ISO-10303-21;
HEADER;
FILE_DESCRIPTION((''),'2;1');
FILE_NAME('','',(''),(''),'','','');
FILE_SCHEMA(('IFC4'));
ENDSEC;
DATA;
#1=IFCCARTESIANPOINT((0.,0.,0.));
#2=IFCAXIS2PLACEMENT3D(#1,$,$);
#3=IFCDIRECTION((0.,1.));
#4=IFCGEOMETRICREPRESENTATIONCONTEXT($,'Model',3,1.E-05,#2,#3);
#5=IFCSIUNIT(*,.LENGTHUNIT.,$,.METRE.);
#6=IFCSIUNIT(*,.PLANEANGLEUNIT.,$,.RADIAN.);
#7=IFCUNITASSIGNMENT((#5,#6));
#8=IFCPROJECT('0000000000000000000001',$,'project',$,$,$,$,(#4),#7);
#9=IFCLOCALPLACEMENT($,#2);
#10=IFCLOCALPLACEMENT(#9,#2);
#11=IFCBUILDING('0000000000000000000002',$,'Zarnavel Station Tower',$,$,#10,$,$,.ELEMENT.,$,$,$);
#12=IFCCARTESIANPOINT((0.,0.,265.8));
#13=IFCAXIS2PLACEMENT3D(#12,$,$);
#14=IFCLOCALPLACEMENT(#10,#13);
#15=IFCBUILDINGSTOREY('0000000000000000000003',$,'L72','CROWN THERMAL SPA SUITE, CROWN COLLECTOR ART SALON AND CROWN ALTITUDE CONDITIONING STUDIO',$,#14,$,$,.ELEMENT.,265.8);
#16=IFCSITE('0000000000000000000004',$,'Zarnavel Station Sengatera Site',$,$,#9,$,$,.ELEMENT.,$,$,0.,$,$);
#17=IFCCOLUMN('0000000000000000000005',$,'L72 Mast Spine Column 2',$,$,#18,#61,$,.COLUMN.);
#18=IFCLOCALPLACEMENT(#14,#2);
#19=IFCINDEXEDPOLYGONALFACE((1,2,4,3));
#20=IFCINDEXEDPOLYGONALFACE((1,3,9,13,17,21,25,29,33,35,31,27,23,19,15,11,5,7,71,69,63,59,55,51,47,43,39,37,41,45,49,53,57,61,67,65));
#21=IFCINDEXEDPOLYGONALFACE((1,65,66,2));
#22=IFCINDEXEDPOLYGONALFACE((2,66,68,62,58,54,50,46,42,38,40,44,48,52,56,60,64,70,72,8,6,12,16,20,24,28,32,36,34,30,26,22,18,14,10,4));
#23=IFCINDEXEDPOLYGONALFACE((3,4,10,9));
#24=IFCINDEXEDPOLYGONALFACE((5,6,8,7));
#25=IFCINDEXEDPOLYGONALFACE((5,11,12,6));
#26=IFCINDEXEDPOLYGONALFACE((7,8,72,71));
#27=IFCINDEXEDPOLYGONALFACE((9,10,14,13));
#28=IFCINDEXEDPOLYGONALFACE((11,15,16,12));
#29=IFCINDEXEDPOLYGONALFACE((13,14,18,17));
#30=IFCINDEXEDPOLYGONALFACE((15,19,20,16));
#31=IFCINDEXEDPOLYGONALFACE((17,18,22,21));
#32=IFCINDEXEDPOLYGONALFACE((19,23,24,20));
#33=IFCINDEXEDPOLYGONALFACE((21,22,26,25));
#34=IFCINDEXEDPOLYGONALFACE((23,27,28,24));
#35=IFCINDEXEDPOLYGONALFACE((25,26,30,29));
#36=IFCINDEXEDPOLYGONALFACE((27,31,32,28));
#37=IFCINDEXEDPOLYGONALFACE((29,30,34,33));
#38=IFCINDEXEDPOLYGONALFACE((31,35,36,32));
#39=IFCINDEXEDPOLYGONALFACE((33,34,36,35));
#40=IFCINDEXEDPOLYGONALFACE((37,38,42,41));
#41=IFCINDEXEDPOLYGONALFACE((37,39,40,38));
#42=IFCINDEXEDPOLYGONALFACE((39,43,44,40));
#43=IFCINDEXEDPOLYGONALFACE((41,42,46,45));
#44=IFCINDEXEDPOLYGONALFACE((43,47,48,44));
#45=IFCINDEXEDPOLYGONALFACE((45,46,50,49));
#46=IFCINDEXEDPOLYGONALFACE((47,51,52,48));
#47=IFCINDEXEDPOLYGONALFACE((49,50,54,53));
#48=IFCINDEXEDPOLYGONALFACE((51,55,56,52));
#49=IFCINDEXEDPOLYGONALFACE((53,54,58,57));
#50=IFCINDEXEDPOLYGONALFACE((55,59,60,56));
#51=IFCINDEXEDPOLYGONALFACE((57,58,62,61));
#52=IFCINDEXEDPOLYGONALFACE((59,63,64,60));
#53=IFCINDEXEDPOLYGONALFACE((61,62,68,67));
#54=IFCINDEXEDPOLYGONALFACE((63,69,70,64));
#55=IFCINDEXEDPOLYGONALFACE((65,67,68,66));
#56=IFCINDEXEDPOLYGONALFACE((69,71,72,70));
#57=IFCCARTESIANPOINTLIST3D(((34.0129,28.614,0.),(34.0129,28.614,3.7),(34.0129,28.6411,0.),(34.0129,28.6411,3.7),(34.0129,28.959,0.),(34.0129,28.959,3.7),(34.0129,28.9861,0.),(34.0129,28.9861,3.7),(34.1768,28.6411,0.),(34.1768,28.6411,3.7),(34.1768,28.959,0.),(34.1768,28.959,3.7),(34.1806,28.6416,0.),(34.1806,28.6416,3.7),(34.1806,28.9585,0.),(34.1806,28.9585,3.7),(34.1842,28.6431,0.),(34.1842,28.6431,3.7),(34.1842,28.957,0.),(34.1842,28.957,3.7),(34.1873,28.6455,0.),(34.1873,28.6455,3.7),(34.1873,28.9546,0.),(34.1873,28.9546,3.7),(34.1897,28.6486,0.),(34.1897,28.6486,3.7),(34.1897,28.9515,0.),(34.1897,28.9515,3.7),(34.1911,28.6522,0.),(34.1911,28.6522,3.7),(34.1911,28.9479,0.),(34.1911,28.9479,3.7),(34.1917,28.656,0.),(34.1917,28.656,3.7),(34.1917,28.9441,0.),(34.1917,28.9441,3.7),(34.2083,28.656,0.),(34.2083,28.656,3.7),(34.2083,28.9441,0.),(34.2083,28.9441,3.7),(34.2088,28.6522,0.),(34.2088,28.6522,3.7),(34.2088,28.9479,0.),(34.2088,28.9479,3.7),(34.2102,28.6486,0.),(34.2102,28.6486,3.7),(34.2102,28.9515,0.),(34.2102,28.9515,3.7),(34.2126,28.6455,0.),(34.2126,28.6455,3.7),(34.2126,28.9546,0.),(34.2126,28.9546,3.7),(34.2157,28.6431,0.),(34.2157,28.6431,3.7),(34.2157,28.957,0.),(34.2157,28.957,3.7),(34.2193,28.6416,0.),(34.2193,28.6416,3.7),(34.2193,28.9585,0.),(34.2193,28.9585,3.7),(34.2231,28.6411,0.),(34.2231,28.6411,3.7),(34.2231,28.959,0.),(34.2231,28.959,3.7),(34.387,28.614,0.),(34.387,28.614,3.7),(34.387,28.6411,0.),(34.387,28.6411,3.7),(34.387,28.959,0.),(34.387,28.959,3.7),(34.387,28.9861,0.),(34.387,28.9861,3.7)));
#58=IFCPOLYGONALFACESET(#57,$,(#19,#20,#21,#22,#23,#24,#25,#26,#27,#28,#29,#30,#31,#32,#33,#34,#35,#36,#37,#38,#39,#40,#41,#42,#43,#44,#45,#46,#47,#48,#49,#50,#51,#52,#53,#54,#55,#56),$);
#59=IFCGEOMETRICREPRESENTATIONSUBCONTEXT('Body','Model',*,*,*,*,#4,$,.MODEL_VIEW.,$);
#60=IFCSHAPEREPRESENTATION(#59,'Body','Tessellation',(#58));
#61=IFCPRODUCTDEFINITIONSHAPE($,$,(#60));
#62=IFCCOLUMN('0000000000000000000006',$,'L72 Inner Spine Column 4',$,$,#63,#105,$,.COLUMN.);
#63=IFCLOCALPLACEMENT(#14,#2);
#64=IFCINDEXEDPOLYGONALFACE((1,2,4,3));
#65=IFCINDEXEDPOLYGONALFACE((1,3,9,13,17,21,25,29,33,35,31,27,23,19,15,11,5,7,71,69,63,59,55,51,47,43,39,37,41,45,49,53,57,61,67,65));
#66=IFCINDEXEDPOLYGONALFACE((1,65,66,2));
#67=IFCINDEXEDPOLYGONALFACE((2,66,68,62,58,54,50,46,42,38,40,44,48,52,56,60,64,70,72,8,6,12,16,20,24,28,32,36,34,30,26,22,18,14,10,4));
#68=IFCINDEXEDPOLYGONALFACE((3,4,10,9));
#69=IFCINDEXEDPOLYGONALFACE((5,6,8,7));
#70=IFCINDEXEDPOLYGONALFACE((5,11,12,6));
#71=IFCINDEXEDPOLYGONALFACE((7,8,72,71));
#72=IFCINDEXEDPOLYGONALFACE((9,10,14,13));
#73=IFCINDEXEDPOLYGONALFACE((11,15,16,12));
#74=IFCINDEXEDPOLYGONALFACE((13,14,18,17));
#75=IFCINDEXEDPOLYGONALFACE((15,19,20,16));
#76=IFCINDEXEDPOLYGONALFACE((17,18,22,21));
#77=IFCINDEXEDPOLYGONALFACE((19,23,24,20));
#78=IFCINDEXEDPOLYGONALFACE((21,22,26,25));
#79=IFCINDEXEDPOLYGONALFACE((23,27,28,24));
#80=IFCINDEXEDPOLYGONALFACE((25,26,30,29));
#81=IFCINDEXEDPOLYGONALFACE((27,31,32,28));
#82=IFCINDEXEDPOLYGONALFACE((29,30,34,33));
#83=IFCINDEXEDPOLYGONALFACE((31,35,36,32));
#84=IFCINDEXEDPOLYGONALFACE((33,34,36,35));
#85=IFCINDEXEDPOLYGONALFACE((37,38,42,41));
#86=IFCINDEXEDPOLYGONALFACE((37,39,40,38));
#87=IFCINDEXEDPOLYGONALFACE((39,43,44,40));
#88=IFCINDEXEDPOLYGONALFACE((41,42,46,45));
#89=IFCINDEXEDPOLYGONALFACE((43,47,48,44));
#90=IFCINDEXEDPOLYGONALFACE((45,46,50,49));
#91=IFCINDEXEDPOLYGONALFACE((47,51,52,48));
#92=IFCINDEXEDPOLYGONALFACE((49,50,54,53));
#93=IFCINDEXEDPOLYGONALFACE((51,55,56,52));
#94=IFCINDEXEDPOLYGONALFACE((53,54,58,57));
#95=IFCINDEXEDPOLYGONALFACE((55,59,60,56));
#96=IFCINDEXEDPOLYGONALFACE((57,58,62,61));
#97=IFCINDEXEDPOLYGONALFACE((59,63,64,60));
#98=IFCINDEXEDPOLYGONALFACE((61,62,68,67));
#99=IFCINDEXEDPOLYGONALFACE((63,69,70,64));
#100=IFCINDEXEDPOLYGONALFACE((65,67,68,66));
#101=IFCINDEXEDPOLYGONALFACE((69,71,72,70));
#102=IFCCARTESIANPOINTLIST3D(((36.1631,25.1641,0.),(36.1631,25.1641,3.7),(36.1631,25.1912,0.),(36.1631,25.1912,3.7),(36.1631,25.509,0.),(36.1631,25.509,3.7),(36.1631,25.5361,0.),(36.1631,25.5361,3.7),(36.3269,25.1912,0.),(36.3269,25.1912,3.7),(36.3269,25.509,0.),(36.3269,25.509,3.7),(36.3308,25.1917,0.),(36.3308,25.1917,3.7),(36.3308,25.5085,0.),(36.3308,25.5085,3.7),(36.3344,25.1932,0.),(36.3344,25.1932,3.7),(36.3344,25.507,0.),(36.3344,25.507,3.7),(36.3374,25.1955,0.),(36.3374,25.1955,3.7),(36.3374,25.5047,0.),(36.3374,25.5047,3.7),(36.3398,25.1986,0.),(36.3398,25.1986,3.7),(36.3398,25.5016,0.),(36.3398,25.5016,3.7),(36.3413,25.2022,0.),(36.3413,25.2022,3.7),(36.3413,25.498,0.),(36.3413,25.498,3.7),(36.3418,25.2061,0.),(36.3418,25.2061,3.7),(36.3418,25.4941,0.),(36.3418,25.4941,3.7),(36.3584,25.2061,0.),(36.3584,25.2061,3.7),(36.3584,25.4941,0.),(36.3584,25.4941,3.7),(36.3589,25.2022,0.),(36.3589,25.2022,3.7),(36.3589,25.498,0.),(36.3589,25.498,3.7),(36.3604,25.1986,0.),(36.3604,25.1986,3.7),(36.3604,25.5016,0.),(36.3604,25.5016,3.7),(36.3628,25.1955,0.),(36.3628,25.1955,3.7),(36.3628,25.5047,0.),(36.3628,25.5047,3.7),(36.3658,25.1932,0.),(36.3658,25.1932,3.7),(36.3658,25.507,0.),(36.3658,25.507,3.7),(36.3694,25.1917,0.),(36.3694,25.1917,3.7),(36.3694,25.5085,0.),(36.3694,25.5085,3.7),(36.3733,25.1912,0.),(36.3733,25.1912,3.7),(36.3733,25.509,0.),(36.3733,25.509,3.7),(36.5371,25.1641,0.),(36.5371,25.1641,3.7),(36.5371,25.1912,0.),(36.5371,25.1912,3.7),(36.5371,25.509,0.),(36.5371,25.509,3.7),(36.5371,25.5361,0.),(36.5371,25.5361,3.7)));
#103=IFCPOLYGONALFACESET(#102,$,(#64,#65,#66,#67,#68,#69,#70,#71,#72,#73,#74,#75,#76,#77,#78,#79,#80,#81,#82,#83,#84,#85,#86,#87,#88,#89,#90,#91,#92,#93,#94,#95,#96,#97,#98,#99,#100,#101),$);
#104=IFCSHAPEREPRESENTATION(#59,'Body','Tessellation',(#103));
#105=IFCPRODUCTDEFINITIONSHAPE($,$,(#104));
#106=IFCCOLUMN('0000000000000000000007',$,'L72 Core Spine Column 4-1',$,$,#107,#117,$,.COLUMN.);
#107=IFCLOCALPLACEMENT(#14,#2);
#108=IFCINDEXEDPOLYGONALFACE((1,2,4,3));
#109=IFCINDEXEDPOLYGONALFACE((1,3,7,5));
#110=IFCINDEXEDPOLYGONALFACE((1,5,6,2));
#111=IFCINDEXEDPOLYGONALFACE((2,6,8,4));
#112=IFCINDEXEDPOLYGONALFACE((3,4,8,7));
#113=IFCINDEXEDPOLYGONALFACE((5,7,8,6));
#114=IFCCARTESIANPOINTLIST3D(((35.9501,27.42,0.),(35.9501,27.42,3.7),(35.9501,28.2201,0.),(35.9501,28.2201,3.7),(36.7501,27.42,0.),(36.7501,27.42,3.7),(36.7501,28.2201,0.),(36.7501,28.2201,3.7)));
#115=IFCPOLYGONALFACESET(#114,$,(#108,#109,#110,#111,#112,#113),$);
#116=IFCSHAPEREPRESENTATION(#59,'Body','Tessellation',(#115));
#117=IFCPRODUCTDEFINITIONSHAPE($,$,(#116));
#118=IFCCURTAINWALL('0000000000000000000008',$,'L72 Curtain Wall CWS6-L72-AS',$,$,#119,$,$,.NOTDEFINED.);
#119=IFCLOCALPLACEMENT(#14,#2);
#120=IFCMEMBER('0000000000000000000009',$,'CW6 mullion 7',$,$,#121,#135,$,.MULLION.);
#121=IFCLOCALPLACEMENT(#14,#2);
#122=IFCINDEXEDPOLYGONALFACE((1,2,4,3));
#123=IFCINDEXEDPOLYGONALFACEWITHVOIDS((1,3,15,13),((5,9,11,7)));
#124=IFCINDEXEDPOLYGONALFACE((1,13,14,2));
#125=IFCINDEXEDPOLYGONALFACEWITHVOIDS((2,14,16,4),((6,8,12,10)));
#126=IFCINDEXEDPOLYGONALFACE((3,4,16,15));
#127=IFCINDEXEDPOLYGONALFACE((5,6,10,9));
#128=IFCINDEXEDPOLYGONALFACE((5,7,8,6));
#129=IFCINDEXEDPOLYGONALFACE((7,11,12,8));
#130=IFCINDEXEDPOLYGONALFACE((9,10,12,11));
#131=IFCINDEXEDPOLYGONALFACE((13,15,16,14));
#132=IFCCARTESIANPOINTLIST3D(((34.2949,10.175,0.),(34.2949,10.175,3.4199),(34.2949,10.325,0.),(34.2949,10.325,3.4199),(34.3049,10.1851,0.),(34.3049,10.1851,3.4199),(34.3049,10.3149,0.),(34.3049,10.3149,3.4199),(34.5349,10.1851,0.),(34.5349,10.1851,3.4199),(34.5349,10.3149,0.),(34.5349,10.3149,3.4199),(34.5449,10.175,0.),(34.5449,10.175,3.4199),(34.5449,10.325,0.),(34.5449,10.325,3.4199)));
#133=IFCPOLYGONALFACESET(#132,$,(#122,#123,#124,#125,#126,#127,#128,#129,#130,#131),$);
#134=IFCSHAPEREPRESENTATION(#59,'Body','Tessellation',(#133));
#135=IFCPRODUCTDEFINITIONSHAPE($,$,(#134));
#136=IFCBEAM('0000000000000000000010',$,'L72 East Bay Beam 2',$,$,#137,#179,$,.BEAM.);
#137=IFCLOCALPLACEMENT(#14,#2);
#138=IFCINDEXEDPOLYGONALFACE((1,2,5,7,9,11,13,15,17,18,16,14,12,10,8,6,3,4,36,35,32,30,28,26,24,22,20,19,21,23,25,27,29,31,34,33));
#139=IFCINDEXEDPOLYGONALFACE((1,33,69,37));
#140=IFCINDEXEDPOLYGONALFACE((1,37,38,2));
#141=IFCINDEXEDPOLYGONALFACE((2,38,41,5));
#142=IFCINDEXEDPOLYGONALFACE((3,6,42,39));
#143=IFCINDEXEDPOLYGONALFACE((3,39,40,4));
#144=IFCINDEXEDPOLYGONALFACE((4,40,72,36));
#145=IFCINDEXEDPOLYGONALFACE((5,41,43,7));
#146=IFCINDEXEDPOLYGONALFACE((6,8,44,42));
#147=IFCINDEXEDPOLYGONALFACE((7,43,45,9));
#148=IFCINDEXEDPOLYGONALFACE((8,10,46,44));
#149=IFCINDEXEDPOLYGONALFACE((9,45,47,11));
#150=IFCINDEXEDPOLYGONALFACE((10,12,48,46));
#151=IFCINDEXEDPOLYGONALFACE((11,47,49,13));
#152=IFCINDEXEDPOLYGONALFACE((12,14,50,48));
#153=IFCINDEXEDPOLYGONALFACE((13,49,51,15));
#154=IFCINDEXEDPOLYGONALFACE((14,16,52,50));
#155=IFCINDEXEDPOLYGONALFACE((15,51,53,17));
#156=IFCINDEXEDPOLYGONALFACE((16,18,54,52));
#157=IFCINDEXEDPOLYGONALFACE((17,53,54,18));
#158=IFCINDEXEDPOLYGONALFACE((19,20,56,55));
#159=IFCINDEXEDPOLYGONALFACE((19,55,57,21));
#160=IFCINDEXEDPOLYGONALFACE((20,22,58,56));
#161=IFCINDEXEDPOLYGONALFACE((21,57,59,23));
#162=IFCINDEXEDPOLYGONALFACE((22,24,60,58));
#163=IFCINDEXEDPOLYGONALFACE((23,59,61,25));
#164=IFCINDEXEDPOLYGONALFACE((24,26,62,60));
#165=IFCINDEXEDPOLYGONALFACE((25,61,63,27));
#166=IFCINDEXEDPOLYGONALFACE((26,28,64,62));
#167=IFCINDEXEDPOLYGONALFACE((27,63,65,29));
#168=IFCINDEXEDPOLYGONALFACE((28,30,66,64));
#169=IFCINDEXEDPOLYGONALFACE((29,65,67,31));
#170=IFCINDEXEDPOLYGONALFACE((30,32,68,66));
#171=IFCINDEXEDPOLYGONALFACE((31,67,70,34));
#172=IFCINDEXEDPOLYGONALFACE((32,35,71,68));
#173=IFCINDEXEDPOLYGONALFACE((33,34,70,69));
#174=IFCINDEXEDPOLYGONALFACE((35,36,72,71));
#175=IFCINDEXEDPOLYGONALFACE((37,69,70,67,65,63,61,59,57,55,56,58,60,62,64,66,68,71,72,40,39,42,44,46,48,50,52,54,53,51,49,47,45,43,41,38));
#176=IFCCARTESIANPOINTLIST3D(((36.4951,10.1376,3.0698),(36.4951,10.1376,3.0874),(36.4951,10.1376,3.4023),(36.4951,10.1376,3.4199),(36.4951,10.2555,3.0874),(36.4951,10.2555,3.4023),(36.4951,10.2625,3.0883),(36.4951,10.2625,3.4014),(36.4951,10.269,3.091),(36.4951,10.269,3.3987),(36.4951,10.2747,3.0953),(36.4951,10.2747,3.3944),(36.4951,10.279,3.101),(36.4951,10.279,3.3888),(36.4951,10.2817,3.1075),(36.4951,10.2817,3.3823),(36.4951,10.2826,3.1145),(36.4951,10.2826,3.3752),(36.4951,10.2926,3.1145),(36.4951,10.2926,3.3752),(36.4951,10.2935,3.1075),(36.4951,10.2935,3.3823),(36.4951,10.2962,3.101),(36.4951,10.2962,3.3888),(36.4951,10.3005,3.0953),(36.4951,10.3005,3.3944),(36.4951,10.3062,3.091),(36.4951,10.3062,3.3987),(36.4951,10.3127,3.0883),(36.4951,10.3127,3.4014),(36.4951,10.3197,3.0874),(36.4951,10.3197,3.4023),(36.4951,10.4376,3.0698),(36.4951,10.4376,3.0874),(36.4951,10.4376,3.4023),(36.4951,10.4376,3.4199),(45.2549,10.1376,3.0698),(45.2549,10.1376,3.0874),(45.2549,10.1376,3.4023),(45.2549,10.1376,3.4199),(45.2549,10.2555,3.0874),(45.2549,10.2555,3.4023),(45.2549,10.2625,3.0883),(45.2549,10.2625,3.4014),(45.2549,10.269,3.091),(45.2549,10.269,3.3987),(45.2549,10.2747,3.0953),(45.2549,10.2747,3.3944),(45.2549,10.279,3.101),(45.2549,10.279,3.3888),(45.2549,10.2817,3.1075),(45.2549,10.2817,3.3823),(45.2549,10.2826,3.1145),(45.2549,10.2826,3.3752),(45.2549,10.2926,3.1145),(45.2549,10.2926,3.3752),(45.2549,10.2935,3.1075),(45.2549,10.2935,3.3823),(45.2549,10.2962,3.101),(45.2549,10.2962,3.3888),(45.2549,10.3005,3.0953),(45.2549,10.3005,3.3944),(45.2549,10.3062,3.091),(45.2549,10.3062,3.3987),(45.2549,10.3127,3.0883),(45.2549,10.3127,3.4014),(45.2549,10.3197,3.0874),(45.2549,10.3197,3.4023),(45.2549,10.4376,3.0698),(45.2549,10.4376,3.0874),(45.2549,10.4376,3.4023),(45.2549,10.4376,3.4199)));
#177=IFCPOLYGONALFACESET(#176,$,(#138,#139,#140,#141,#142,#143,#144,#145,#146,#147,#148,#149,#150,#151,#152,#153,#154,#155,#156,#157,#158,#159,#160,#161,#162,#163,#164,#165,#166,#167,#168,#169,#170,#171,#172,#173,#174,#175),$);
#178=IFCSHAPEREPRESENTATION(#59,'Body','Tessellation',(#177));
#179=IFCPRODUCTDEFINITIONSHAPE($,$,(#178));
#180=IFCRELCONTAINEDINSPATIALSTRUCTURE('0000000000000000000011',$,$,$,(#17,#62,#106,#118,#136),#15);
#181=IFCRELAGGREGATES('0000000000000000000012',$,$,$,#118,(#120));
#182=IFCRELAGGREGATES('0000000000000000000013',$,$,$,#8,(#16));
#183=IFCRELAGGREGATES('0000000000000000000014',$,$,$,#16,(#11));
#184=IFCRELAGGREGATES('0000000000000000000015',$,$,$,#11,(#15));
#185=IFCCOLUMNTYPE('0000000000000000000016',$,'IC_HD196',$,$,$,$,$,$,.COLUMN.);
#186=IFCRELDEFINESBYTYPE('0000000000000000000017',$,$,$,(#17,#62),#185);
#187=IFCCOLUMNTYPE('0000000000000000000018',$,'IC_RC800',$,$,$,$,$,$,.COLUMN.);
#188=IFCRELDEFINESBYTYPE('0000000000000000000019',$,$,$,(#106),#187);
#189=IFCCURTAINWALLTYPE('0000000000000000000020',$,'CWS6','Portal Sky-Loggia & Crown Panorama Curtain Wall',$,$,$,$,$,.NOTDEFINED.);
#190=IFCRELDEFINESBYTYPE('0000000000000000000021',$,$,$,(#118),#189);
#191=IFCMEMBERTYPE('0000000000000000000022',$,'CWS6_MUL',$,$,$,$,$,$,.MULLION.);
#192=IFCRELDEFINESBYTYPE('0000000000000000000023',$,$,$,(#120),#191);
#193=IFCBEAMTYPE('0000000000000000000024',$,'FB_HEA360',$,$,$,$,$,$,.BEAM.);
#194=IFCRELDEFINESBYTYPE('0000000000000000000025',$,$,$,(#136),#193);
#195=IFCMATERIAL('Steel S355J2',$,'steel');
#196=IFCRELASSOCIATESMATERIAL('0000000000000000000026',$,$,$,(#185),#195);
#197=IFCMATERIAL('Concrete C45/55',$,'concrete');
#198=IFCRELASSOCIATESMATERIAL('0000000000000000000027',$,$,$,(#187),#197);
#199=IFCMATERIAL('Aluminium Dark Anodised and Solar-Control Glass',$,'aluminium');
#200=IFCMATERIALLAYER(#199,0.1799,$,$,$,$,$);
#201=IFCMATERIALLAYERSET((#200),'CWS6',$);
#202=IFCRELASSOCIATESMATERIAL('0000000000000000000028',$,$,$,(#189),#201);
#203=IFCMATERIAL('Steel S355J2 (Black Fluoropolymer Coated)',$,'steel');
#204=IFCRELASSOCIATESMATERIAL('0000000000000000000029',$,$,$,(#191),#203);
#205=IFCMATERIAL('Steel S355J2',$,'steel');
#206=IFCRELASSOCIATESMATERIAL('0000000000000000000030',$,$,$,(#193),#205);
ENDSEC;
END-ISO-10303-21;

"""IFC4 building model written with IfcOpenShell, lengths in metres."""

from ifc_helpers import new_model, si_unit, direction, frame, origin, origin_2d, place, context, subcontext, project, spatial, rectangle, hollow_rectangle, i_section, extrude, material, layer, layer_set, material_profile, profile_set, type_object, element, aggregate, save


model = new_model("IFC4")

# Units and contexts
model_context = context("Model", 3, precision=1e-05, world=origin(), true_north=direction((0.0, 1.0)))
body_context = subcontext(model_context, "Body", "Model", "MODEL_VIEW")
ifc_project = project(units=[si_unit("LENGTHUNIT", "METRE"), si_unit("PLANEANGLEUNIT", "RADIAN")], contexts=[model_context])

# Site, building, storey
site_placement = place(None, origin())
site = spatial("IfcSite", under=ifc_project, at=site_placement, Name="Zarnavel Station Sengatera Site", CompositionType="ELEMENT", RefElevation=0.0)
building_placement = place(site_placement, origin())
building = spatial("IfcBuilding", under=site, at=building_placement, Name="Zarnavel Station Tower", CompositionType="ELEMENT")
storey_placement = place(building_placement, frame((0.0, 0.0, 265.8)))
storey = spatial("IfcBuildingStorey", under=building, at=storey_placement, Name="L72", Description="CROWN THERMAL SPA SUITE, CROWN COLLECTOR ART SALON AND CROWN ALTITUDE CONDITIONING STUDIO", CompositionType="ELEMENT", Elevation=265.8)

# Columns
ifc_material_1 = material(Name="Steel S355J2", Category="steel")
ifc_material_profile_1 = material_profile(ifc_material_1, i_section(OverallWidth=0.374, OverallDepth=0.3721, WebThickness=0.0166, FlangeThickness=0.0271, FilletRadius=0.0149, at=origin_2d()), Name="HD360x196")
ifc_profile_set_1 = profile_set([ifc_material_profile_1], Name="Steel S355J2")
column_type_1 = type_object("IfcColumnType", Name="IC_HD196", PredefinedType="COLUMN", material=ifc_profile_set_1)
for number, where, z_axis, x_axis, name in (
    (1, (34.2, 28.8, 0.0), (0.0, 0.0, 1.0), (1.0, 0.0, 0.0), "L72 Mast Spine Column 2"),
    (2, (36.3501, 25.3501, 0.0), (0.0, 0.0, 1.0), (1.0, 0.0, 0.0), "L72 Inner Spine Column 4"),
):
    element("IfcColumn", number, at=place(storey_placement, frame(where, z_axis=z_axis, x_axis=x_axis)), inside=storey, type_object=column_type_1, Name=name, PredefinedType="COLUMN", context=body_context, shape_type="SweptSolid", body=[
        extrude(i_section(OverallWidth=0.374, OverallDepth=0.3721, WebThickness=0.0166, FlangeThickness=0.0271, FilletRadius=0.0149, at=origin_2d()), origin(), (0.0, 0.0, 1.0), 3.7),
    ])
ifc_material_2 = material(Name="Concrete C45/55", Category="concrete")
ifc_material_profile_2 = material_profile(ifc_material_2, rectangle(XDim=0.8, YDim=0.8, at=origin_2d()), Name="RC800x800")
ifc_profile_set_2 = profile_set([ifc_material_profile_2], Name="Concrete C45/55")
column_type_2 = type_object("IfcColumnType", Name="IC_RC800", PredefinedType="COLUMN", material=ifc_profile_set_2)
column_placement = place(storey_placement, frame((36.3501, 27.8201, 0.0), z_axis=(0.0, 0.0, 1.0), x_axis=(1.0, 0.0, 0.0)))
element("IfcColumn", 3, at=column_placement, inside=storey, type_object=column_type_2, Name="L72 Core Spine Column 4-1", PredefinedType="COLUMN", context=body_context, shape_type="SweptSolid", body=[
    extrude(rectangle(XDim=0.8, YDim=0.8, at=origin_2d()), origin(), (0.0, 0.0, 1.0), 3.7),
])

# Curtain wall, member
ifc_material_3 = material(Name="Aluminium Dark Anodised and Solar-Control Glass", Category="aluminium")
ifc_layer_1 = layer(ifc_material_3, 0.1799)
ifc_layer_set_1 = layer_set([ifc_layer_1], Name="CWS6")
curtain_wall_type = type_object("IfcCurtainWallType", Name="CWS6", Description="Portal Sky-Loggia & Crown Panorama Curtain Wall", PredefinedType="NOTDEFINED", material=ifc_layer_set_1)
curtain_wall_placement = place(storey_placement, origin())
curtain_wall = element("IfcCurtainWall", 4, at=curtain_wall_placement, inside=storey, type_object=curtain_wall_type, Name="L72 Curtain Wall CWS6-L72-AS", PredefinedType="NOTDEFINED")
ifc_material_4 = material(Name="Steel S355J2 (Black Fluoropolymer Coated)", Category="steel")
ifc_material_profile_3 = material_profile(ifc_material_4, hollow_rectangle(XDim=0.1499, YDim=0.25, WallThickness=0.01, at=origin_2d()), Name="RHS250x150x10")
ifc_profile_set_3 = profile_set([ifc_material_profile_3], Name="Steel S355J2 (Black Fluoropolymer Coated)")
member_type = type_object("IfcMemberType", Name="CWS6_MUL", PredefinedType="MULLION", material=ifc_profile_set_3)
member_placement = place(storey_placement, frame((34.4199, 10.25, 0.0), z_axis=(0.0, 0.0, 1.0), x_axis=(0.0, 1.0, 0.0)))
member = element("IfcMember", 5, at=member_placement, type_object=member_type, Name="CW6 mullion 7", PredefinedType="MULLION", context=body_context, shape_type="SweptSolid", body=[
    extrude(hollow_rectangle(XDim=0.1499, YDim=0.25, WallThickness=0.01, at=origin_2d()), origin(), (0.0, 0.0, 1.0), 3.4199),
])

# Beam
ifc_material_5 = material(Name="Steel S355J2", Category="steel")
ifc_material_profile_4 = material_profile(ifc_material_5, i_section(OverallWidth=0.3, OverallDepth=0.3501, WebThickness=0.01, FlangeThickness=0.0176, FilletRadius=0.0271, at=origin_2d()), Name="HEA360")
ifc_profile_set_4 = profile_set([ifc_material_profile_4], Name="Steel S355J2")
beam_type_1 = type_object("IfcBeamType", Name="FB_HEA360", PredefinedType="BEAM", material=ifc_profile_set_4)
for number, where, z_axis, x_axis, name in (
    (6, (36.4951, 10.2876, 3.2449), (1.0, 0.0, 0.0), (0.0, 1.0, 0.0), "L72 East Bay Beam 2"),
):
    element("IfcBeam", number, at=place(storey_placement, frame(where, z_axis=z_axis, x_axis=x_axis)), inside=storey, type_object=beam_type_1, Name=name, PredefinedType="BEAM", context=body_context, shape_type="SweptSolid", body=[
        extrude(i_section(OverallWidth=0.3, OverallDepth=0.3501, WebThickness=0.01, FlangeThickness=0.0176, FilletRadius=0.0271, at=origin_2d()), origin(), (0.0, 0.0, 1.0), 8.7598),
    ])

aggregate(curtain_wall, [member])

save(model, "model.ifc")
